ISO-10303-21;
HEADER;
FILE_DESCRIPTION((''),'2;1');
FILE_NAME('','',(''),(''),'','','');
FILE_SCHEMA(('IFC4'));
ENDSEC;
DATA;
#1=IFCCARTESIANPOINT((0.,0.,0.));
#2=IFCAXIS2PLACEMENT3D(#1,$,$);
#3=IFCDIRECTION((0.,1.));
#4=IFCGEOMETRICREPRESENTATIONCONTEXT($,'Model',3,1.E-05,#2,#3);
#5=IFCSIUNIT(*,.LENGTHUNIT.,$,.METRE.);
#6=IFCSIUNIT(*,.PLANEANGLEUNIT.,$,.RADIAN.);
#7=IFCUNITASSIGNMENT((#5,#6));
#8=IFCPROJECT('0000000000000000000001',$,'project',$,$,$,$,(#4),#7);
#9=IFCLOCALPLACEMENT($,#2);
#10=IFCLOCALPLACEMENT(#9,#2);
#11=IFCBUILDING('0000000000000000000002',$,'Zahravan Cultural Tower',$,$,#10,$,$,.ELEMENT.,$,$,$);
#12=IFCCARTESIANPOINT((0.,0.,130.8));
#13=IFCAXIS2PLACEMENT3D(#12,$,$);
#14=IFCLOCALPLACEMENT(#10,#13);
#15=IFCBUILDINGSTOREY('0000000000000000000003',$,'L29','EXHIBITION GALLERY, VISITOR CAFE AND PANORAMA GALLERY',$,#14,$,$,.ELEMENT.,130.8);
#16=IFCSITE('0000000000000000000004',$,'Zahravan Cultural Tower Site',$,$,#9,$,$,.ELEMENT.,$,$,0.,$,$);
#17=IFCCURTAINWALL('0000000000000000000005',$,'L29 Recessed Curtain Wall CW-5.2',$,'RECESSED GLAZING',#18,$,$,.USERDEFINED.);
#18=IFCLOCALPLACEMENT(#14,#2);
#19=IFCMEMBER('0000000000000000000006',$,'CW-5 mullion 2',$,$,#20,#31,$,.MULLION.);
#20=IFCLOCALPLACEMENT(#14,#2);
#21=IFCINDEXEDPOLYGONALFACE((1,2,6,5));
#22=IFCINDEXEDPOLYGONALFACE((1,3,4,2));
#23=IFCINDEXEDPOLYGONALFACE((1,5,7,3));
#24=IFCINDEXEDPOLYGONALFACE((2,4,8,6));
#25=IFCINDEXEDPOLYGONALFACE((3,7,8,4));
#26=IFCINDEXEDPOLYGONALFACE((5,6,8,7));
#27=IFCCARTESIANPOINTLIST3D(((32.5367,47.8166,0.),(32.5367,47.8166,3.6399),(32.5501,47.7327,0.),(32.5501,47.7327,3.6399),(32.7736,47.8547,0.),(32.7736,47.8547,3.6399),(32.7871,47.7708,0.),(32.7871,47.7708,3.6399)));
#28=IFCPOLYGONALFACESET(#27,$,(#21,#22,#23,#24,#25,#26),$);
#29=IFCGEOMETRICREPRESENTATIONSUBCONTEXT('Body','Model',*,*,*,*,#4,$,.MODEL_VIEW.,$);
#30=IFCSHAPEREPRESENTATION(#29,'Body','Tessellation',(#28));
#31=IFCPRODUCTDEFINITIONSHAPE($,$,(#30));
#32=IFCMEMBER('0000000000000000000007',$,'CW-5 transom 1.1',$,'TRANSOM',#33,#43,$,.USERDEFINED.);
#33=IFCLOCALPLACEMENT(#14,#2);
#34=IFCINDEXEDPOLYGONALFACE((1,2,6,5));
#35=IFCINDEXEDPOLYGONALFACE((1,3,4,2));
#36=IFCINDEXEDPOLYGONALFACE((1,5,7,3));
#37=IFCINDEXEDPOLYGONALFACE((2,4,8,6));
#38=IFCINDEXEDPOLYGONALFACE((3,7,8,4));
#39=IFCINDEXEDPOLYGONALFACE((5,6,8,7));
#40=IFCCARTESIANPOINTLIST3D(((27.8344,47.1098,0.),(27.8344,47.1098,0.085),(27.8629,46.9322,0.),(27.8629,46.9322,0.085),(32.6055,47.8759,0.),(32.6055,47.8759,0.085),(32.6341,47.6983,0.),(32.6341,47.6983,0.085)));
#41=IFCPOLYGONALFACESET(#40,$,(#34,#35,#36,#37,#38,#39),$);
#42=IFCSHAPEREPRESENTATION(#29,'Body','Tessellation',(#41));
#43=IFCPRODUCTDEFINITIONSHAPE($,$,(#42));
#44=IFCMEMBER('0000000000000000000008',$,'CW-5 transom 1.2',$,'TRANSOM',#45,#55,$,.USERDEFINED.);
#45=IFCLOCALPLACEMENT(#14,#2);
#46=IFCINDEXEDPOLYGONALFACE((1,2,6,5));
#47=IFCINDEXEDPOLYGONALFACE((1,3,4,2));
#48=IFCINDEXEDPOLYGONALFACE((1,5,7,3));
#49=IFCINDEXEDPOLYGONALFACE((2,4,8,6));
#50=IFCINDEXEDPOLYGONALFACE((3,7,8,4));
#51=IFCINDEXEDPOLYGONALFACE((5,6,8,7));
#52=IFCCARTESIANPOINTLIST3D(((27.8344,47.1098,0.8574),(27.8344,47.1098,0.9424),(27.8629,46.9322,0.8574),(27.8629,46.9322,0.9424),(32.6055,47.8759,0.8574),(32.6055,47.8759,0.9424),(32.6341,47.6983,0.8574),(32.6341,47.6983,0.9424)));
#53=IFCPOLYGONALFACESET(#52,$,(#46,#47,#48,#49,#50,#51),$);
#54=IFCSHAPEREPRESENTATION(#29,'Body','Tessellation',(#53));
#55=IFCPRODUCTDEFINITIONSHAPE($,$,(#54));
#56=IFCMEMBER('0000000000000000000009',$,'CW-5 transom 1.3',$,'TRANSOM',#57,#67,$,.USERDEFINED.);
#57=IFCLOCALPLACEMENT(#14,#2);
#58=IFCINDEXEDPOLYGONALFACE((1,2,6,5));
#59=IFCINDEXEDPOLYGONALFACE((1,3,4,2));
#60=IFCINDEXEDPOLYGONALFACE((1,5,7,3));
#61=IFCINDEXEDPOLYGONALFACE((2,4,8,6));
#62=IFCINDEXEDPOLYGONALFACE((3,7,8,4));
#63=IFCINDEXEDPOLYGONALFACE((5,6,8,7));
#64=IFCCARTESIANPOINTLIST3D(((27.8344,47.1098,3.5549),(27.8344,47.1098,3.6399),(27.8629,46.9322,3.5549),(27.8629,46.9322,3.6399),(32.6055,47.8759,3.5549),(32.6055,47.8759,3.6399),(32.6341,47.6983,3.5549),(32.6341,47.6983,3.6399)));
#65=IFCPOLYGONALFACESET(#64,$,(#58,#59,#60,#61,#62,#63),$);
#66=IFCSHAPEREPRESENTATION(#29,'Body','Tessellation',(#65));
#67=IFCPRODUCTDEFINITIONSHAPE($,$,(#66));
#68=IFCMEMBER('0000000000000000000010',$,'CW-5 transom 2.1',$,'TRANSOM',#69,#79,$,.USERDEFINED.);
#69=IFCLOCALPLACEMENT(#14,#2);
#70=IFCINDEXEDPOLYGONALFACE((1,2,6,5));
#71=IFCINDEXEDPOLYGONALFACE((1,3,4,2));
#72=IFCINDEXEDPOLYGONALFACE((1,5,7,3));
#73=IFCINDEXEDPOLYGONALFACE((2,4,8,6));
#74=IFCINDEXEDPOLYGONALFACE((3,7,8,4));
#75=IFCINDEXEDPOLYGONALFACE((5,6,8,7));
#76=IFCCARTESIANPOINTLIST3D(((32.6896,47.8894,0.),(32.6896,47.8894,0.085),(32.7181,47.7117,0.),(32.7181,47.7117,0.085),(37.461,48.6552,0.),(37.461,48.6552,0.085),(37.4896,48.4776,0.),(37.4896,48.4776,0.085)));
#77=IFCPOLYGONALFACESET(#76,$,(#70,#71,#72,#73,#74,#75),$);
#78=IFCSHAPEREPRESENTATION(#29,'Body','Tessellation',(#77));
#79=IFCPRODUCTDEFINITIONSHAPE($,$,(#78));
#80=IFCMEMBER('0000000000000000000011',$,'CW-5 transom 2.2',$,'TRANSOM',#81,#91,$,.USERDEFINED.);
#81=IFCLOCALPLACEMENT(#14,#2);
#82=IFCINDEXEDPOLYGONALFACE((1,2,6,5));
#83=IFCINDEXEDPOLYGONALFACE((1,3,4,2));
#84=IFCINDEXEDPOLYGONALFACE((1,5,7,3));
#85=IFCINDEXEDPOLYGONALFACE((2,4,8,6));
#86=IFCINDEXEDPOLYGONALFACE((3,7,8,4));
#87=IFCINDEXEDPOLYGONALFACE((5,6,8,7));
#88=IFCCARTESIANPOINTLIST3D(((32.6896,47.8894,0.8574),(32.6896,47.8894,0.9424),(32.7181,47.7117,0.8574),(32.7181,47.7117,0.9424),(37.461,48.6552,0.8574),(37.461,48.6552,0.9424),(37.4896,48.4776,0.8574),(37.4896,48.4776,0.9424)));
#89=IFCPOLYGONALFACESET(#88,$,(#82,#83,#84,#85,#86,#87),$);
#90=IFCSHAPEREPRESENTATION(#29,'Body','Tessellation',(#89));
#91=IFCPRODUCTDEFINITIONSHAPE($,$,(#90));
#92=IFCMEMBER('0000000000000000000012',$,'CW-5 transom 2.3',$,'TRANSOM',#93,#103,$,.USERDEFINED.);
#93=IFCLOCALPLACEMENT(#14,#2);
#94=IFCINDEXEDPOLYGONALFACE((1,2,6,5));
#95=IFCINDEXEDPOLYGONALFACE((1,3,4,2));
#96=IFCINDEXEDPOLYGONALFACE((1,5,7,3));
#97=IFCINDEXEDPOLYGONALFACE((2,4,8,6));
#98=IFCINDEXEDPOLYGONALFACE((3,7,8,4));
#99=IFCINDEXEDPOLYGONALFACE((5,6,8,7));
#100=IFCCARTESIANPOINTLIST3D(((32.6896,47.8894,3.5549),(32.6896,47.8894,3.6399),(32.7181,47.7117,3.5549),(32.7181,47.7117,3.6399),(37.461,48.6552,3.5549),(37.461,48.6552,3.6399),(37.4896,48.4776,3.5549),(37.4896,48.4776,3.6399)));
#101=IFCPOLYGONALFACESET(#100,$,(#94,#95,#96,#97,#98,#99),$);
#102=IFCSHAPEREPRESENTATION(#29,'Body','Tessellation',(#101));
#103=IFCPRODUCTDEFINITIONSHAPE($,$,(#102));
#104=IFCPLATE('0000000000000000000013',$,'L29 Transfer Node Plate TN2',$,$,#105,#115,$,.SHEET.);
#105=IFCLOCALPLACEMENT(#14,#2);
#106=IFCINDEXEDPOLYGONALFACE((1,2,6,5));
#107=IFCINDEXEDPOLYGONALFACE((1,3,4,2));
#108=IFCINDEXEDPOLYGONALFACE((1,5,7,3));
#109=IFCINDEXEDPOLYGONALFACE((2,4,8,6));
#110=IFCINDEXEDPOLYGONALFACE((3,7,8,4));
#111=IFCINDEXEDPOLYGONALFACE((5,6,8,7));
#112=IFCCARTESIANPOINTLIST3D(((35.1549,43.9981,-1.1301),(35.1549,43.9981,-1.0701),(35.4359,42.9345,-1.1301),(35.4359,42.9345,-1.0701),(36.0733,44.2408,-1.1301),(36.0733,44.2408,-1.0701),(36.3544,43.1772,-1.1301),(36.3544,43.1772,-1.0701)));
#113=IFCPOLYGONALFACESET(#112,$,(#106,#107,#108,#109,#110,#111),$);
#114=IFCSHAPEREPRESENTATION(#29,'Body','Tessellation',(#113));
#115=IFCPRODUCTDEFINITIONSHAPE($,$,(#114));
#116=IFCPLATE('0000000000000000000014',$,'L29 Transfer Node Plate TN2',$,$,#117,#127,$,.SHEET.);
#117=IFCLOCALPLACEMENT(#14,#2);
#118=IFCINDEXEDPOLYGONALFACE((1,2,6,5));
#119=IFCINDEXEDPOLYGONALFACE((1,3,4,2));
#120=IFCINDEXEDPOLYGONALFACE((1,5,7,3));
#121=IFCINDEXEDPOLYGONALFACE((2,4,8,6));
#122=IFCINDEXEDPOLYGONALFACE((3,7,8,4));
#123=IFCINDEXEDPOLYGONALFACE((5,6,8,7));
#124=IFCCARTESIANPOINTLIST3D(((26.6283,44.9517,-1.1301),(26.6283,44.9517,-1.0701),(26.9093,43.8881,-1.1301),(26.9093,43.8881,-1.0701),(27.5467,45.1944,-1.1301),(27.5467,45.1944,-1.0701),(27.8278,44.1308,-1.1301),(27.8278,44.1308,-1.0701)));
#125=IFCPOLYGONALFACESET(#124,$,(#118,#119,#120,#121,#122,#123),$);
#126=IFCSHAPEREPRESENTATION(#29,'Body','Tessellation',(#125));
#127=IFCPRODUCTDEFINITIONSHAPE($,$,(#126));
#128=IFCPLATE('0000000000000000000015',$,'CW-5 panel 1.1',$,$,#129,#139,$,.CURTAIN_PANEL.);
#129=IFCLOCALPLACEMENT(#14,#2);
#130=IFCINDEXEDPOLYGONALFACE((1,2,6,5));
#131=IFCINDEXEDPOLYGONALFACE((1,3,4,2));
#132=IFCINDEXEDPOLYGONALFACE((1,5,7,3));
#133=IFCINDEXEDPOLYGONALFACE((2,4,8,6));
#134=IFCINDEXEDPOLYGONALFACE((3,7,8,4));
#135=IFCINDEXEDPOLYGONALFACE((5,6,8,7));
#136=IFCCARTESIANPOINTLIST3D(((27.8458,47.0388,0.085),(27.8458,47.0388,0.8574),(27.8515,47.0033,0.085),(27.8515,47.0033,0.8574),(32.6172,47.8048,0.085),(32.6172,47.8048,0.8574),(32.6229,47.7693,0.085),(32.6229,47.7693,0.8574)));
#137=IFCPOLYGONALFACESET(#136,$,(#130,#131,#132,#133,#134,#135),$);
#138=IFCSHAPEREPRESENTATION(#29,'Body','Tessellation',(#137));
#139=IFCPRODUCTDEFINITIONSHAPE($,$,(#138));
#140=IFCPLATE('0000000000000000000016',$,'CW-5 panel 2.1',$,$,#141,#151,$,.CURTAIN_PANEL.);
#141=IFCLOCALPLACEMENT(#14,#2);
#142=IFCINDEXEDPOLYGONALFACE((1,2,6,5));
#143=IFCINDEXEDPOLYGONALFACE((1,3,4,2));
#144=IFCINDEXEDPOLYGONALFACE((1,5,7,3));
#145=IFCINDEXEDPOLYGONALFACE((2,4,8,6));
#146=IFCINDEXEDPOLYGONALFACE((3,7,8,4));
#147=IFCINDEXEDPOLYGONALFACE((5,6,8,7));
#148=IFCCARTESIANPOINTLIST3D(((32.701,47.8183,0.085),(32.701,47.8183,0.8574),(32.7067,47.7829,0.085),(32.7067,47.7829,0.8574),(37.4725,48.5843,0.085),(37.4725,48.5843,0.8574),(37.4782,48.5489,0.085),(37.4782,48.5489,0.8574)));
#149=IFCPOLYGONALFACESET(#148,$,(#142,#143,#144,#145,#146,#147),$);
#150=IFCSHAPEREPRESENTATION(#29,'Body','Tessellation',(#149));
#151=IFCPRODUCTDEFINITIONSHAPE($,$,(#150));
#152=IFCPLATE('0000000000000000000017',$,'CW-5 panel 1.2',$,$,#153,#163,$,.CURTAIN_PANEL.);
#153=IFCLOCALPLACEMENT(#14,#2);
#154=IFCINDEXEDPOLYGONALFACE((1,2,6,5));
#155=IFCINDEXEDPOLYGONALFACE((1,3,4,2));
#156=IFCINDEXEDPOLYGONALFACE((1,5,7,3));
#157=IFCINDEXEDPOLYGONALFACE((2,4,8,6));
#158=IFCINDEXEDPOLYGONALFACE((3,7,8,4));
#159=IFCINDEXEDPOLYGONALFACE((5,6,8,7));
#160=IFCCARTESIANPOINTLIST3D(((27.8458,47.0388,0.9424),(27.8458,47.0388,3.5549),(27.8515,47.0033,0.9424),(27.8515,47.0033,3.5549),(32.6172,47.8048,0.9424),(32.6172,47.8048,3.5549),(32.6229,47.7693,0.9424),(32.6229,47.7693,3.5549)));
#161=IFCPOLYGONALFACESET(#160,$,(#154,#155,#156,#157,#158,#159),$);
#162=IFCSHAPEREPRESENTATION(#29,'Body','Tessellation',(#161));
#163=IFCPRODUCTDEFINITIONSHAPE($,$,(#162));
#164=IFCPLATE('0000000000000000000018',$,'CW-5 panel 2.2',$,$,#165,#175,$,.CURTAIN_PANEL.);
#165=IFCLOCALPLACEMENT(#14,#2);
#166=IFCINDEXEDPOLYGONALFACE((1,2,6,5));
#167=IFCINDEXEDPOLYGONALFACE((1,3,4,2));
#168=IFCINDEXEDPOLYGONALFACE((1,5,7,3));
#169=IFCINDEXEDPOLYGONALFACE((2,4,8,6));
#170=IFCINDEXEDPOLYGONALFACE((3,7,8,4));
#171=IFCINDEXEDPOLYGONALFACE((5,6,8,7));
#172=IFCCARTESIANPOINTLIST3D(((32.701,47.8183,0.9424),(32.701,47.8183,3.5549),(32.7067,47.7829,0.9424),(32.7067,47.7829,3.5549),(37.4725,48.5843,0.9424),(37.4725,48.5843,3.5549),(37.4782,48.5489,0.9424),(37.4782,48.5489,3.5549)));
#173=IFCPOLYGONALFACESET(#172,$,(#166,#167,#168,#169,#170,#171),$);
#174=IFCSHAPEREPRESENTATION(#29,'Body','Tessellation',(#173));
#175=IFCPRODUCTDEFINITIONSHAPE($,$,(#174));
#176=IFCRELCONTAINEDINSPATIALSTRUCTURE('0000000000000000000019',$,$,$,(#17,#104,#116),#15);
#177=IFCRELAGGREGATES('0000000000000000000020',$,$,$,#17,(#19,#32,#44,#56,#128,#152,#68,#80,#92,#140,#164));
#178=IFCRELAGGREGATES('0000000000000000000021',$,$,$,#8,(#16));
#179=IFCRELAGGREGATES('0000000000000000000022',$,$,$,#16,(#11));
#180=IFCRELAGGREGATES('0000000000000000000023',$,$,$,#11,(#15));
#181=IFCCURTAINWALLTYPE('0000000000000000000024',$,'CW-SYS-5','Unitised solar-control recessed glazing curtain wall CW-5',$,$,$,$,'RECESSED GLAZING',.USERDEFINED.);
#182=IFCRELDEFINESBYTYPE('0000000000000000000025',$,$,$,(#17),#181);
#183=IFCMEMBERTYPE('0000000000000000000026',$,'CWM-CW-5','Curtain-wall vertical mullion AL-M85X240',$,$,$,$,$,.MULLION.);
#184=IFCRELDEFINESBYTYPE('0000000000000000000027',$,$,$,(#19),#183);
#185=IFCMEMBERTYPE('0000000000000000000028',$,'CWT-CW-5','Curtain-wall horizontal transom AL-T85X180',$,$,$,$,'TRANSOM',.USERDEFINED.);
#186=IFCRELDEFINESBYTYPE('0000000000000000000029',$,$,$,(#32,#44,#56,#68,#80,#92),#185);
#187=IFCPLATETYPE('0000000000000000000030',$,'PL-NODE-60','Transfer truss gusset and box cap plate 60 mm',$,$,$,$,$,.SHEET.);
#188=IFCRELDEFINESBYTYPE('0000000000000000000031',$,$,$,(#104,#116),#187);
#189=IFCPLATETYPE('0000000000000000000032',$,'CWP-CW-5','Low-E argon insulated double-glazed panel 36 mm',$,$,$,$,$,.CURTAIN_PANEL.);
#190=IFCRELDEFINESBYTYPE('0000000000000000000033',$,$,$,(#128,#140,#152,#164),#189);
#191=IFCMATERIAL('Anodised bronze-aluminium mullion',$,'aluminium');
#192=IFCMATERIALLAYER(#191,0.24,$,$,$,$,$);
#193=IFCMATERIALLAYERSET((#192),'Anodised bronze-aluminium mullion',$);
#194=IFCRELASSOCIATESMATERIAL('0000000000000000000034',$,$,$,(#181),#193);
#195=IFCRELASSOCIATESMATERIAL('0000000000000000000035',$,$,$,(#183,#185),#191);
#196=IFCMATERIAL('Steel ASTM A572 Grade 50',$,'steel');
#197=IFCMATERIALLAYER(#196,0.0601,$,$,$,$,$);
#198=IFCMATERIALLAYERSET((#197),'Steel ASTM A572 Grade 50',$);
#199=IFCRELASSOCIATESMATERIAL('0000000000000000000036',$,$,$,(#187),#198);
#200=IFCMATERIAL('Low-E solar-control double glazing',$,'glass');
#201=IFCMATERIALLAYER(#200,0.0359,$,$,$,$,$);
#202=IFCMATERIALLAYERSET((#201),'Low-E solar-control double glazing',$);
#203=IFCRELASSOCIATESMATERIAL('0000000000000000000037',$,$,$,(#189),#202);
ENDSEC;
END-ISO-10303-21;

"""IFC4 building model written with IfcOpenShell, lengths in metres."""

from ifc_helpers import new_model, si_unit, direction, frame, origin, origin_2d, place, context, subcontext, project, spatial, rectangle, extrude, source, transform, mapped, material, layer, layer_set, material_profile, profile_set, type_object, element, aggregate, save


model = new_model("IFC4")

# Units and contexts
model_context = context("Model", 3, precision=1e-05, world=origin(), true_north=direction((0.0, 1.0)))
body_context = subcontext(model_context, "Body", "Model", "MODEL_VIEW")
ifc_project = project(units=[si_unit("LENGTHUNIT", "METRE"), si_unit("PLANEANGLEUNIT", "RADIAN")], contexts=[model_context])

# Site, building, storey
site_placement = place(None, origin())
site = spatial("IfcSite", under=ifc_project, at=site_placement, Name="Zahravan Cultural Tower Site", CompositionType="ELEMENT", RefElevation=0.0)
building_placement = place(site_placement, origin())
building = spatial("IfcBuilding", under=site, at=building_placement, Name="Zahravan Cultural Tower", CompositionType="ELEMENT")
storey_placement = place(building_placement, frame((0.0, 0.0, 130.8)))
storey = spatial("IfcBuildingStorey", under=building, at=storey_placement, Name="L29", Description="EXHIBITION GALLERY, VISITOR CAFE AND PANORAMA GALLERY", CompositionType="ELEMENT", Elevation=130.8)

# Shared definitions
ifc_material_1 = material(Name="Steel ASTM A572 Grade 50", Category="steel")

# Curtain wall, members
ifc_material_2 = material(Name="Anodised bronze-aluminium mullion", Category="aluminium")
ifc_layer_1 = layer(ifc_material_2, 0.24)
ifc_layer_set_1 = layer_set([ifc_layer_1], Name="Anodised bronze-aluminium mullion")
curtain_wall_type = type_object("IfcCurtainWallType", Name="CW-SYS-5", Description="Unitised solar-control recessed glazing curtain wall CW-5", ElementType="RECESSED GLAZING", PredefinedType="USERDEFINED", material=ifc_layer_set_1)
curtain_wall_placement = place(storey_placement, origin())
curtain_wall = element("IfcCurtainWall", 1, at=curtain_wall_placement, inside=storey, type_object=curtain_wall_type, Name="L29 Recessed Curtain Wall CW-5.2", ObjectType="RECESSED GLAZING", PredefinedType="USERDEFINED")
ifc_material_profile_1 = material_profile(ifc_material_2, rectangle(XDim=0.085, YDim=0.24, at=origin_2d()), Name="AL-M85X240")
ifc_profile_set_1 = profile_set([ifc_material_profile_1], Name="Anodised bronze-aluminium mullion")
member_type_1 = type_object("IfcMemberType", Name="CWM-CW-5", Description="Curtain-wall vertical mullion AL-M85X240", PredefinedType="MULLION", material=ifc_profile_set_1)
shared_shape_1 = source(origin(), body_context, "Body", "SweptSolid", [
    extrude(rectangle(XDim=0.085, YDim=0.24, at=origin_2d()), origin(), (0.0, 0.0, 1.0), 3.6399),
])
member_1_placement = place(storey_placement, frame((32.6619, 47.7937, 0.0), z_axis=(0.0, 0.0, 1.0), x_axis=(-0.158506, 0.987358, 0.0)))
member_1 = element("IfcMember", 2, at=member_1_placement, type_object=member_type_1, Name="CW-5 mullion 2", PredefinedType="MULLION", context=body_context, shape_type="MappedRepresentation", body=[
    mapped(shared_shape_1, transform((0.0, 0.0, 0.0), x_axis=(1.0, 0.0, 0.0), y_axis=(0.0, 1.0, 0.0), z_axis=(0.0, 0.0, 1.0), scale=1.0)),
])
ifc_material_profile_2 = material_profile(ifc_material_2, rectangle(XDim=0.1799, YDim=0.085, at=origin_2d()), Name="AL-T85X180")
ifc_profile_set_2 = profile_set([ifc_material_profile_2], Name="Anodised bronze-aluminium mullion")
member_type_2 = type_object("IfcMemberType", Name="CWT-CW-5", Description="Curtain-wall horizontal transom AL-T85X180", ElementType="TRANSOM", PredefinedType="USERDEFINED", material=ifc_profile_set_2)
shared_shape_2 = source(origin(), body_context, "Body", "SweptSolid", [
    extrude(rectangle(XDim=0.1799, YDim=0.085, at=origin_2d()), origin(), (0.0, 0.0, 1.0), 4.8323),
])
member_2_placement = place(storey_placement, frame((27.8486, 47.021, 0.0425), z_axis=(0.987353, 0.158538, 0.0), x_axis=(-0.158538, 0.987353, 0.0)))
member_2 = element("IfcMember", 3, at=member_2_placement, type_object=member_type_2, Name="CW-5 transom 1.1", ObjectType="TRANSOM", PredefinedType="USERDEFINED", context=body_context, shape_type="MappedRepresentation", body=[
    mapped(shared_shape_2, transform((0.0, 0.0, 0.0), x_axis=(1.0, 0.0, 0.0), y_axis=(0.0, 1.0, 0.0), z_axis=(0.0, 0.0, 1.0), scale=1.0)),
])
member_3_placement = place(storey_placement, frame((27.8486, 47.021, 0.8999), z_axis=(0.987353, 0.158538, 0.0), x_axis=(-0.158538, 0.987353, 0.0)))
member_3 = element("IfcMember", 4, at=member_3_placement, type_object=member_type_2, Name="CW-5 transom 1.2", ObjectType="TRANSOM", PredefinedType="USERDEFINED", context=body_context, shape_type="MappedRepresentation", body=[
    mapped(shared_shape_2, transform((0.0, 0.0, 0.0), x_axis=(1.0, 0.0, 0.0), y_axis=(0.0, 1.0, 0.0), z_axis=(0.0, 0.0, 1.0), scale=1.0)),
])
member_4_placement = place(storey_placement, frame((27.8486, 47.021, 3.5974), z_axis=(0.987353, 0.158538, 0.0), x_axis=(-0.158538, 0.987353, 0.0)))
member_4 = element("IfcMember", 5, at=member_4_placement, type_object=member_type_2, Name="CW-5 transom 1.3", ObjectType="TRANSOM", PredefinedType="USERDEFINED", context=body_context, shape_type="MappedRepresentation", body=[
    mapped(shared_shape_2, transform((0.0, 0.0, 0.0), x_axis=(1.0, 0.0, 0.0), y_axis=(0.0, 1.0, 0.0), z_axis=(0.0, 0.0, 1.0), scale=1.0)),
])
shared_shape_3 = source(origin(), body_context, "Body", "SweptSolid", [
    extrude(rectangle(XDim=0.1799, YDim=0.085, at=origin_2d()), origin(), (0.0, 0.0, 1.0), 4.8325),
])
member_5_placement = place(storey_placement, frame((32.7039, 47.8005, 0.0425), z_axis=(0.987362, 0.158481, 0.0), x_axis=(-0.158481, 0.987362, 0.0)))
member_5 = element("IfcMember", 6, at=member_5_placement, type_object=member_type_2, Name="CW-5 transom 2.1", ObjectType="TRANSOM", PredefinedType="USERDEFINED", context=body_context, shape_type="MappedRepresentation", body=[
    mapped(shared_shape_3, transform((0.0, 0.0, 0.0), x_axis=(1.0, 0.0, 0.0), y_axis=(0.0, 1.0, 0.0), z_axis=(0.0, 0.0, 1.0), scale=1.0)),
])
member_6_placement = place(storey_placement, frame((32.7039, 47.8005, 0.8999), z_axis=(0.987362, 0.158481, 0.0), x_axis=(-0.158481, 0.987362, 0.0)))
member_6 = element("IfcMember", 7, at=member_6_placement, type_object=member_type_2, Name="CW-5 transom 2.2", ObjectType="TRANSOM", PredefinedType="USERDEFINED", context=body_context, shape_type="MappedRepresentation", body=[
    mapped(shared_shape_3, transform((0.0, 0.0, 0.0), x_axis=(1.0, 0.0, 0.0), y_axis=(0.0, 1.0, 0.0), z_axis=(0.0, 0.0, 1.0), scale=1.0)),
])
member_7_placement = place(storey_placement, frame((32.7039, 47.8005, 3.5974), z_axis=(0.987362, 0.158481, 0.0), x_axis=(-0.158481, 0.987362, 0.0)))
member_7 = element("IfcMember", 8, at=member_7_placement, type_object=member_type_2, Name="CW-5 transom 2.3", ObjectType="TRANSOM", PredefinedType="USERDEFINED", context=body_context, shape_type="MappedRepresentation", body=[
    mapped(shared_shape_3, transform((0.0, 0.0, 0.0), x_axis=(1.0, 0.0, 0.0), y_axis=(0.0, 1.0, 0.0), z_axis=(0.0, 0.0, 1.0), scale=1.0)),
])

# Plates
ifc_layer_2 = layer(ifc_material_1, 0.0601)
ifc_layer_set_2 = layer_set([ifc_layer_2], Name="Steel ASTM A572 Grade 50")
plate_type_1 = type_object("IfcPlateType", Name="PL-NODE-60", Description="Transfer truss gusset and box cap plate 60 mm", PredefinedType="SHEET", material=ifc_layer_set_2)
shared_shape_4 = source(origin(), body_context, "Body", "SweptSolid", [
    extrude(rectangle(XDim=1.1001, YDim=0.95, at=origin_2d()), origin(), (0.0, 0.0, 1.0), 0.0601),
])
for number, where, z_axis, x_axis, name in (
    (9, (35.7546, 43.5876, -1.1301), (0.0, 0.0, 1.0), (-0.255446, 0.966823, 0.0), "L29 Transfer Node Plate TN2"),
    (10, (27.228, 44.5413, -1.1301), (0.0, 0.0, 1.0), (-0.255446, 0.966823, 0.0), "L29 Transfer Node Plate TN2"),
):
    element("IfcPlate", number, at=place(storey_placement, frame(where, z_axis=z_axis, x_axis=x_axis)), inside=storey, type_object=plate_type_1, Name=name, PredefinedType="SHEET", context=body_context, shape_type="MappedRepresentation", body=[
        mapped(shared_shape_4, transform((0.0, 0.0, 0.0), x_axis=(1.0, 0.0, 0.0), y_axis=(0.0, 1.0, 0.0), z_axis=(0.0, 0.0, 1.0), scale=1.0)),
    ])

# Plates
ifc_material_3 = material(Name="Low-E solar-control double glazing", Category="glass")
ifc_layer_3 = layer(ifc_material_3, 0.0359)
ifc_layer_set_3 = layer_set([ifc_layer_3], Name="Low-E solar-control double glazing")
plate_type_2 = type_object("IfcPlateType", Name="CWP-CW-5", Description="Low-E argon insulated double-glazed panel 36 mm", PredefinedType="CURTAIN_PANEL", material=ifc_layer_set_3)
shared_shape_5 = source(origin(), body_context, "Body", "SweptSolid", [
    extrude(rectangle(XDim=4.8325, YDim=0.0359, at=origin_2d()), origin(), (0.0, 0.0, 1.0), 0.7725),
])
plate_1_placement = place(storey_placement, frame((30.2344, 47.4041, 0.085), z_axis=(0.0, 0.0, 1.0), x_axis=(0.987358, 0.158506, 0.0)))
plate_1 = element("IfcPlate", 11, at=plate_1_placement, type_object=plate_type_2, Name="CW-5 panel 1.1", PredefinedType="CURTAIN_PANEL", context=body_context, shape_type="MappedRepresentation", body=[
    mapped(shared_shape_5, transform((0.0, 0.0, 0.0), x_axis=(1.0, 0.0, 0.0), y_axis=(0.0, 1.0, 0.0), z_axis=(0.0, 0.0, 1.0), scale=1.0)),
])
plate_2_placement = place(storey_placement, frame((35.0896, 48.1836, 0.085), z_axis=(0.0, 0.0, 1.0), x_axis=(0.987358, 0.158506, 0.0)))
plate_2 = element("IfcPlate", 12, at=plate_2_placement, type_object=plate_type_2, Name="CW-5 panel 2.1", PredefinedType="CURTAIN_PANEL", context=body_context, shape_type="MappedRepresentation", body=[
    mapped(shared_shape_5, transform((0.0, 0.0, 0.0), x_axis=(1.0, 0.0, 0.0), y_axis=(0.0, 1.0, 0.0), z_axis=(0.0, 0.0, 1.0), scale=1.0)),
])
shared_shape_6 = source(origin(), body_context, "Body", "SweptSolid", [
    extrude(rectangle(XDim=4.8325, YDim=0.0359, at=origin_2d()), origin(), (0.0, 0.0, 1.0), 2.6125),
])
plate_3_placement = place(storey_placement, frame((30.2344, 47.4041, 0.9424), z_axis=(0.0, 0.0, 1.0), x_axis=(0.987358, 0.158506, 0.0)))
plate_3 = element("IfcPlate", 13, at=plate_3_placement, type_object=plate_type_2, Name="CW-5 panel 1.2", PredefinedType="CURTAIN_PANEL", context=body_context, shape_type="MappedRepresentation", body=[
    mapped(shared_shape_6, transform((0.0, 0.0, 0.0), x_axis=(1.0, 0.0, 0.0), y_axis=(0.0, 1.0, 0.0), z_axis=(0.0, 0.0, 1.0), scale=1.0)),
])
plate_4_placement = place(storey_placement, frame((35.0896, 48.1836, 0.9424), z_axis=(0.0, 0.0, 1.0), x_axis=(0.987358, 0.158506, 0.0)))
plate_4 = element("IfcPlate", 14, at=plate_4_placement, type_object=plate_type_2, Name="CW-5 panel 2.2", PredefinedType="CURTAIN_PANEL", context=body_context, shape_type="MappedRepresentation", body=[
    mapped(shared_shape_6, transform((0.0, 0.0, 0.0), x_axis=(1.0, 0.0, 0.0), y_axis=(0.0, 1.0, 0.0), z_axis=(0.0, 0.0, 1.0), scale=1.0)),
])
aggregate(curtain_wall, [member_1, member_2, member_3, member_4, plate_1, plate_3, member_5, member_6, member_7, plate_2, plate_4])

save(model, "model.ifc")
